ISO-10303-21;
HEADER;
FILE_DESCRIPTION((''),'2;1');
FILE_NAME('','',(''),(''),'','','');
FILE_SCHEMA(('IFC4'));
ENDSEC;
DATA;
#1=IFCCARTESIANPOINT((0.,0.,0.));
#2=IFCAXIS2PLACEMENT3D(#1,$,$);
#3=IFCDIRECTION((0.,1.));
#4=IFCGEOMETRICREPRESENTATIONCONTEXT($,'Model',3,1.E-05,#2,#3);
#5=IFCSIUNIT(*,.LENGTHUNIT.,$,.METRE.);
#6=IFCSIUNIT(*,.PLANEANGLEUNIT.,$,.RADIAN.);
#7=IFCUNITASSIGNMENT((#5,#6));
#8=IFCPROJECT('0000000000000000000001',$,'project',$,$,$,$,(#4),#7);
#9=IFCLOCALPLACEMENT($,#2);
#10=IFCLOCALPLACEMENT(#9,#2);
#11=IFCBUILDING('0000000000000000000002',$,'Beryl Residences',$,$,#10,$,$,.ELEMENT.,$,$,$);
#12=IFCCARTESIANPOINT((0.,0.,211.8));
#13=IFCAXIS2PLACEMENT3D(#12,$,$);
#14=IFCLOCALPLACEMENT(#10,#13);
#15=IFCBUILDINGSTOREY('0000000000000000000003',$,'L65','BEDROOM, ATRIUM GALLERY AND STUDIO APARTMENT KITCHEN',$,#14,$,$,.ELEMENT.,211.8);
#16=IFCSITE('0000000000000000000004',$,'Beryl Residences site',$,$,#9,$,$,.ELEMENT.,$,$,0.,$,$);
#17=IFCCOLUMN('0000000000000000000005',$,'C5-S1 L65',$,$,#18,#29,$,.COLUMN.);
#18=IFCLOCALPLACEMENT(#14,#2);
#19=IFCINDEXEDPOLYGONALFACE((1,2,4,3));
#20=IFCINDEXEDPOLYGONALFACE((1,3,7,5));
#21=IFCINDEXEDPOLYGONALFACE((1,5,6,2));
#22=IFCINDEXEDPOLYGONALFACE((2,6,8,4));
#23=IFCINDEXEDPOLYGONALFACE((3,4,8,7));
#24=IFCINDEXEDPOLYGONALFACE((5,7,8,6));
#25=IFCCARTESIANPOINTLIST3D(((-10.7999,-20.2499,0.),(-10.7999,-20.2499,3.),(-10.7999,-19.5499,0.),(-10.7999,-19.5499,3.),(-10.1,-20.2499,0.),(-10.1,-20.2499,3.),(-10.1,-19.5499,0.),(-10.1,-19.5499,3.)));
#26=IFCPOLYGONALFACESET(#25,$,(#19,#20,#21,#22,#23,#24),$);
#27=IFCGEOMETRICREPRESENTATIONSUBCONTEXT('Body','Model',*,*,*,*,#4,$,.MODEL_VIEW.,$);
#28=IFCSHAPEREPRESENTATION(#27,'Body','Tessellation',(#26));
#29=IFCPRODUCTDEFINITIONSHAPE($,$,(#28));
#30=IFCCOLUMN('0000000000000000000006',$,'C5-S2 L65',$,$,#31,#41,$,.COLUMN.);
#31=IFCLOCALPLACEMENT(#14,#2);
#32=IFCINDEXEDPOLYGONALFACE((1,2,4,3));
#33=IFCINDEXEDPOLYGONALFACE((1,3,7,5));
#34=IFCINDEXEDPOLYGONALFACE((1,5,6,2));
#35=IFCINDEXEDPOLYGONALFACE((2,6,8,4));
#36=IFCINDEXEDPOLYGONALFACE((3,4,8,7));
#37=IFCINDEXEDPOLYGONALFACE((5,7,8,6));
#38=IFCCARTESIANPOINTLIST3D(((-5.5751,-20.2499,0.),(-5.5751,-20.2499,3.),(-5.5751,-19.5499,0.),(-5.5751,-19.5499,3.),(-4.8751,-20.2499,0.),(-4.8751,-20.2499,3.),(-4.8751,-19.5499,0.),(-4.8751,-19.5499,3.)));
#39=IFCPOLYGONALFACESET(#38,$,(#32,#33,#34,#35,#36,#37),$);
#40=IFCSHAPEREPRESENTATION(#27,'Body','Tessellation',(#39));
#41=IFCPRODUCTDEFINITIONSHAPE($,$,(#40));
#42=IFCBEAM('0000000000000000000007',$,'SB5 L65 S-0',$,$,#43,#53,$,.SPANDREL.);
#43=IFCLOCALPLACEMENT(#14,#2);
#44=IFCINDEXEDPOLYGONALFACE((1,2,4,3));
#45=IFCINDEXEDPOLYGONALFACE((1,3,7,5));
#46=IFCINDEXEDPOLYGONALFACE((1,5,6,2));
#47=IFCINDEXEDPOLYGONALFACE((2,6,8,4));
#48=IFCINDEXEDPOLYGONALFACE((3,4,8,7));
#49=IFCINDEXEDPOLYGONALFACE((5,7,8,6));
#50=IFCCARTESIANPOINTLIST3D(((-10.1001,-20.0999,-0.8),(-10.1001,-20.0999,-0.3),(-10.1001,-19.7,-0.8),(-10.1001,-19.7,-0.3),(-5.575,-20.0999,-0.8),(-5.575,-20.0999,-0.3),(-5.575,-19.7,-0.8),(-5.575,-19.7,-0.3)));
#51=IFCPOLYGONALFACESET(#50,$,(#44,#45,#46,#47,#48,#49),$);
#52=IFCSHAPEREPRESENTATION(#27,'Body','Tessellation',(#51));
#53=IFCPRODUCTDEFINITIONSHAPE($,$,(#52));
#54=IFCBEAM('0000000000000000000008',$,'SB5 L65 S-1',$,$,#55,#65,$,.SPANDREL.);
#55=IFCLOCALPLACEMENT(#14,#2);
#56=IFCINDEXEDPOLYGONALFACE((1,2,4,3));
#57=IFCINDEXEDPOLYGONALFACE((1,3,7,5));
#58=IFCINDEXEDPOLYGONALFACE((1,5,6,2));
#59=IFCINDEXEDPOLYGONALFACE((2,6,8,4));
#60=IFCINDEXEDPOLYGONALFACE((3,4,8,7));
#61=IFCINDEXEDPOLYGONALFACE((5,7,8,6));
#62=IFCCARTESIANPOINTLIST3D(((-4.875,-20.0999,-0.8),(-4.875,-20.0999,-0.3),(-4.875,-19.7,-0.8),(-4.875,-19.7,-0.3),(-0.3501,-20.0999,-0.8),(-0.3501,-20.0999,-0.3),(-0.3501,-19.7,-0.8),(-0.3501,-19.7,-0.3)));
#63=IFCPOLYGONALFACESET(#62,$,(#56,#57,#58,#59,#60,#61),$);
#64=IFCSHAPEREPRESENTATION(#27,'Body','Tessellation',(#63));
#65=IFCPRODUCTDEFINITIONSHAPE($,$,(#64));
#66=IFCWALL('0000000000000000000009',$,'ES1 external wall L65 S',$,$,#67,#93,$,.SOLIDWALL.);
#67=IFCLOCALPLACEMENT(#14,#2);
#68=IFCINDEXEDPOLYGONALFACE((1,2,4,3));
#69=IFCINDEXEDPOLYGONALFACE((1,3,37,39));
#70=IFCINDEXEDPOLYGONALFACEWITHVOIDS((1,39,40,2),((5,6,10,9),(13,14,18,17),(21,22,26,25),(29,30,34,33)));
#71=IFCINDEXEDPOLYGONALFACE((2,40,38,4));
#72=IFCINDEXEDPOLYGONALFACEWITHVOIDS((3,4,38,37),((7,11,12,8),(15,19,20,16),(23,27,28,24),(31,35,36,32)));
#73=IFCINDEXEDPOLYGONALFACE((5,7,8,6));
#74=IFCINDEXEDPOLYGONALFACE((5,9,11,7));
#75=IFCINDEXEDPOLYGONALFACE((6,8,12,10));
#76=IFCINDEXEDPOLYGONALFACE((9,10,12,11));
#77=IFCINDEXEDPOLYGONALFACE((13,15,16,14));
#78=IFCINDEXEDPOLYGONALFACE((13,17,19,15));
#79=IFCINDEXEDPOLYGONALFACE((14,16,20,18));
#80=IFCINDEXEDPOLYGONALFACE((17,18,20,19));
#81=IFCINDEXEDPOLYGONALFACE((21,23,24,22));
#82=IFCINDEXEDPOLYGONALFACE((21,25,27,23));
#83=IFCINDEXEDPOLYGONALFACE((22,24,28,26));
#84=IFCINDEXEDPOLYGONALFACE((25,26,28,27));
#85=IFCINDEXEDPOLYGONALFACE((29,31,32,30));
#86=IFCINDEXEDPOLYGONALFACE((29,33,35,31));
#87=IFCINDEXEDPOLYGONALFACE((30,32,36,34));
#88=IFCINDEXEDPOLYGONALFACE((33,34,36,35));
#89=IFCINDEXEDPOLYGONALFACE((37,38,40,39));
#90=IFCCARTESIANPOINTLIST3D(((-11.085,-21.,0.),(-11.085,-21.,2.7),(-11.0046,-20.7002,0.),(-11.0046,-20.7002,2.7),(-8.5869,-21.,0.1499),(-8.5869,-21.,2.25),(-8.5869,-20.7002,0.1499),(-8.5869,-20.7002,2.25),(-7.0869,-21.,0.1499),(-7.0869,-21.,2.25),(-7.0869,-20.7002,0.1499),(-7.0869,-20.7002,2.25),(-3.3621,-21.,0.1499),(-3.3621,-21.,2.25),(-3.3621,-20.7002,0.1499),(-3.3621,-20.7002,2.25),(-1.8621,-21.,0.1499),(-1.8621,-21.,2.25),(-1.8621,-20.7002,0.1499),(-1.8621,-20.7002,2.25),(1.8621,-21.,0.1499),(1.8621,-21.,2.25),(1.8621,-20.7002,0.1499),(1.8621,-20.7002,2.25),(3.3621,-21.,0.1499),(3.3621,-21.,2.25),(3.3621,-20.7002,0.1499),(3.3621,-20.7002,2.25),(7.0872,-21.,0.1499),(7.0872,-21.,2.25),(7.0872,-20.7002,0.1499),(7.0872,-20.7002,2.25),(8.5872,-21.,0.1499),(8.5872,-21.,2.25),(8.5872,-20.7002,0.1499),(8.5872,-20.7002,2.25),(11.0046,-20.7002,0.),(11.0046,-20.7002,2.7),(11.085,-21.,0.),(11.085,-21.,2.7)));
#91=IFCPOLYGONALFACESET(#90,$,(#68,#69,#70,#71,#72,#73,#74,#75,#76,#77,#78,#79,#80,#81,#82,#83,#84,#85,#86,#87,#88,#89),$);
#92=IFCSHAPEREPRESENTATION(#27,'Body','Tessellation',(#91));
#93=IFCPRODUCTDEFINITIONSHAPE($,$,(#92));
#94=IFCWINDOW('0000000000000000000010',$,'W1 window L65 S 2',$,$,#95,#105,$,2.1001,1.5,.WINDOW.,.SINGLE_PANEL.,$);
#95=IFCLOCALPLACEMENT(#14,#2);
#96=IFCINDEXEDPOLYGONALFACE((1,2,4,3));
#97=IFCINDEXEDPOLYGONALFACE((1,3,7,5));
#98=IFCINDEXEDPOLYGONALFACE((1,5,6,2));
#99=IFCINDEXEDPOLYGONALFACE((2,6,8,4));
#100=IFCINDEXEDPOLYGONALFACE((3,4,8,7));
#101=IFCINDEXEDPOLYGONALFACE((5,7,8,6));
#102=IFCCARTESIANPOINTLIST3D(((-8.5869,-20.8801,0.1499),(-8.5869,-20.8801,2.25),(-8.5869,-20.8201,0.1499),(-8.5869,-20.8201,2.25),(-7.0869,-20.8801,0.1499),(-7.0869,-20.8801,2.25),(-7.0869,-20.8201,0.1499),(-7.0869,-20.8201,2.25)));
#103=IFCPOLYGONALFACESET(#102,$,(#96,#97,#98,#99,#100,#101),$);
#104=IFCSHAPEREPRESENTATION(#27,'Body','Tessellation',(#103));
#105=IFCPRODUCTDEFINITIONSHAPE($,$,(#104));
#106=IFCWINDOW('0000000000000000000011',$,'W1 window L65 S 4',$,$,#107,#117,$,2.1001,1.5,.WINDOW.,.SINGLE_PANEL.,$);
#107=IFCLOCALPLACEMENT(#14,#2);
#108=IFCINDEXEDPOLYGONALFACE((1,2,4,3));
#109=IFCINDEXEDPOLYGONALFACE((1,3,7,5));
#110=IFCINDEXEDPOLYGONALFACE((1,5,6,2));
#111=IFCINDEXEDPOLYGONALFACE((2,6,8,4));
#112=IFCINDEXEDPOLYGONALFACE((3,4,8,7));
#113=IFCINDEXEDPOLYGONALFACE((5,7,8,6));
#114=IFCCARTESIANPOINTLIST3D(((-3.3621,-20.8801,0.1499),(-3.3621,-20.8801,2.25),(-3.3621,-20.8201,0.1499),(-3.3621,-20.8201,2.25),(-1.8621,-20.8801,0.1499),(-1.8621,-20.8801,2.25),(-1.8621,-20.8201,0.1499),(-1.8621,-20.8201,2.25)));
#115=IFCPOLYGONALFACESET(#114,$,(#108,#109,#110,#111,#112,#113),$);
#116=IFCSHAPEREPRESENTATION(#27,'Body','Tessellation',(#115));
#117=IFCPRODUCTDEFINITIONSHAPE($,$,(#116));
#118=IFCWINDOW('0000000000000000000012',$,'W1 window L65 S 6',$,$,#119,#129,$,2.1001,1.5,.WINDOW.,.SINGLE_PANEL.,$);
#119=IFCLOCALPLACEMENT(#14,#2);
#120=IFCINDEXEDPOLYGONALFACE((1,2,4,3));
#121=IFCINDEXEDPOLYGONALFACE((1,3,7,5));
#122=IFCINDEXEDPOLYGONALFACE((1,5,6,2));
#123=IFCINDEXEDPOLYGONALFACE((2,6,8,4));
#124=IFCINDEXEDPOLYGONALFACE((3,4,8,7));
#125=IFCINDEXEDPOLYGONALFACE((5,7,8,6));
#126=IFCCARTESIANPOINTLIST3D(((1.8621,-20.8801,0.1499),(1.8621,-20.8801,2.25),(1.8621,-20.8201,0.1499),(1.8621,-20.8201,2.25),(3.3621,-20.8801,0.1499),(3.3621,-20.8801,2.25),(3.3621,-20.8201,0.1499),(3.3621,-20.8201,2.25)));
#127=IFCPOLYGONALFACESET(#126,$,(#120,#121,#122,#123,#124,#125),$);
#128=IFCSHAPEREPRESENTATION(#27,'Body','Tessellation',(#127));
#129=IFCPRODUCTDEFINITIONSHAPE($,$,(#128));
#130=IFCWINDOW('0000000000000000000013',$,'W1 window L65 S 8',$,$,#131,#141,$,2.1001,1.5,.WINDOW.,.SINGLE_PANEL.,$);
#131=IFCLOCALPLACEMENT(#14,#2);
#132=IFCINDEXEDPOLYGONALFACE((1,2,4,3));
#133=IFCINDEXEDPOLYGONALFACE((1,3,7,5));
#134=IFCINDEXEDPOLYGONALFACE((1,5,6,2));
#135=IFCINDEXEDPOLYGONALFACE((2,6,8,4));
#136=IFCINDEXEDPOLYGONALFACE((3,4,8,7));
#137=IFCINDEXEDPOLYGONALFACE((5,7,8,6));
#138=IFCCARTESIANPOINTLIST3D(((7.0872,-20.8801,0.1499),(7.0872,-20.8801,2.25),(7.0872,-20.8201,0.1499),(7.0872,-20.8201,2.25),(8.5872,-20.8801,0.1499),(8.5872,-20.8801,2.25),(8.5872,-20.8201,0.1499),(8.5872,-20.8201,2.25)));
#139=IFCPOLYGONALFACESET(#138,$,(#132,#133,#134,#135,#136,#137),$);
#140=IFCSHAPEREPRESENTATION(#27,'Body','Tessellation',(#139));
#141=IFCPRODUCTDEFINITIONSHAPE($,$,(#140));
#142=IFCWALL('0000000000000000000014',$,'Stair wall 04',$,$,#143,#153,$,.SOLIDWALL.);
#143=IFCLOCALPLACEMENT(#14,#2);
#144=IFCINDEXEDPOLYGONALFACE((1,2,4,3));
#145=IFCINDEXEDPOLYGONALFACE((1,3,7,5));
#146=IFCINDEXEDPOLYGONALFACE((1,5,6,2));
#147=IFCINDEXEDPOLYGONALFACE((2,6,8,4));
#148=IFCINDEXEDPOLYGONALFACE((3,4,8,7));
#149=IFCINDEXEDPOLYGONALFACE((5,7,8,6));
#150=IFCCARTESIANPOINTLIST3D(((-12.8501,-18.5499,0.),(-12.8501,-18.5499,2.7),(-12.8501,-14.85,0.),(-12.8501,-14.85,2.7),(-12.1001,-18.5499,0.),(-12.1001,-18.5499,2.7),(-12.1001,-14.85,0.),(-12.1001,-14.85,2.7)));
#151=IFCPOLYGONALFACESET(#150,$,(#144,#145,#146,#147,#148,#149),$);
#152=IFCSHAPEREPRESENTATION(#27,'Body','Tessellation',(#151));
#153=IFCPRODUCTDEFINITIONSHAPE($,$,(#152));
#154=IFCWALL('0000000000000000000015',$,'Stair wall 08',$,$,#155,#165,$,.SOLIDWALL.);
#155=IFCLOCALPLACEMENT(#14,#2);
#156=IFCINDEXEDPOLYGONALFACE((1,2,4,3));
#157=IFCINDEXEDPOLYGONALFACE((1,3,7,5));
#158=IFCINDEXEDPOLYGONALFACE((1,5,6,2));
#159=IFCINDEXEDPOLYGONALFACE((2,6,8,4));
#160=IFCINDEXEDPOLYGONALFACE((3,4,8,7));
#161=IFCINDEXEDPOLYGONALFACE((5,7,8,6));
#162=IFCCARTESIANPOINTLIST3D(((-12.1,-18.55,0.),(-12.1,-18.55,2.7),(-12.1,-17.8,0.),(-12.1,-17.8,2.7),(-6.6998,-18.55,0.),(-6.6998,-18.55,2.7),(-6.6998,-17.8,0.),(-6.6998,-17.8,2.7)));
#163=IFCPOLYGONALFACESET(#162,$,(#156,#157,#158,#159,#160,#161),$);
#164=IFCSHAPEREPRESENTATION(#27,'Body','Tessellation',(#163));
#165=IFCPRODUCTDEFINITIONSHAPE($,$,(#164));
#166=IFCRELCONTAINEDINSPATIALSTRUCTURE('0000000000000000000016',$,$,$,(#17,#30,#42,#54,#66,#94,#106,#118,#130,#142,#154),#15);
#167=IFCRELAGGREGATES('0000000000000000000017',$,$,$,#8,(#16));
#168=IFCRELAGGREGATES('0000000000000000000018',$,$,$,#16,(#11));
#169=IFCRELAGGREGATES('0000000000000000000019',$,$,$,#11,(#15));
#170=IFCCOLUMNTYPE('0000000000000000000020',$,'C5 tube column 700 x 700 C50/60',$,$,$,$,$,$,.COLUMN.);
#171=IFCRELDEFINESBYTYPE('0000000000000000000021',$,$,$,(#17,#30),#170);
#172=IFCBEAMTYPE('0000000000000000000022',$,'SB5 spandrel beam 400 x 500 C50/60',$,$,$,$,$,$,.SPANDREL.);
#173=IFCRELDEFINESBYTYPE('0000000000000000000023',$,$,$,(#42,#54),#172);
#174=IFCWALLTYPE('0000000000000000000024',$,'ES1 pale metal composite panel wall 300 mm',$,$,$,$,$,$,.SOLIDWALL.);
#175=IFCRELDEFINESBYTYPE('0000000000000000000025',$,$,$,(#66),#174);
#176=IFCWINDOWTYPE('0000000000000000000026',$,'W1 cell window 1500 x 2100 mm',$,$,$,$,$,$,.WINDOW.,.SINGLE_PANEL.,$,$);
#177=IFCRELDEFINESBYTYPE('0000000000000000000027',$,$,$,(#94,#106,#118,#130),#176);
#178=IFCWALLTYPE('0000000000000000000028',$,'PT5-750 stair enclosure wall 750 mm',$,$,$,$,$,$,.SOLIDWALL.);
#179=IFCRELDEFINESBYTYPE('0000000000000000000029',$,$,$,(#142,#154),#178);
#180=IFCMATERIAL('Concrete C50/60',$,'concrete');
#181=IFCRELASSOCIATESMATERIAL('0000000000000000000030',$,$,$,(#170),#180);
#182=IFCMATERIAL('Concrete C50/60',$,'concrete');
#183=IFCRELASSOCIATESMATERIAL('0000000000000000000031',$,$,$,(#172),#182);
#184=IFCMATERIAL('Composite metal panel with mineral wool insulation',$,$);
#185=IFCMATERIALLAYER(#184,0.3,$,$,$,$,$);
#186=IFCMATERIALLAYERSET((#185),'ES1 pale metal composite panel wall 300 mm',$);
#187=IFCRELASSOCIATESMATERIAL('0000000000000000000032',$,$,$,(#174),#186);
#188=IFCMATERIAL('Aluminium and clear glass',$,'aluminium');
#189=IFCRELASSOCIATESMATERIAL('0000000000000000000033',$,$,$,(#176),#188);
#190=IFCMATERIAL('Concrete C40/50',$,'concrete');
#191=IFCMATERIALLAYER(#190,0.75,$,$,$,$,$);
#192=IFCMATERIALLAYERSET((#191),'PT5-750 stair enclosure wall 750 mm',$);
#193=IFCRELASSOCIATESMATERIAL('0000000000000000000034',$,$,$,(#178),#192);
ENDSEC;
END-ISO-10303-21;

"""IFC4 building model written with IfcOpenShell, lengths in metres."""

from ifc_helpers import new_model, si_unit, direction, frame, frame_2d, origin, origin_2d, place, context, subcontext, project, spatial, polyline, rectangle, outline, extrude, material, layer, layer_set, material_profile, profile_set, type_object, element, fill, save


model = new_model("IFC4")

# Units and contexts
model_context = context("Model", 3, precision=1e-05, world=origin(), true_north=direction((0.0, 1.0)))
body_context = subcontext(model_context, "Body", "Model", "MODEL_VIEW")
ifc_project = project(units=[si_unit("LENGTHUNIT", "METRE"), si_unit("PLANEANGLEUNIT", "RADIAN")], contexts=[model_context])

# Site, building, storey
site_placement = place(None, origin())
site = spatial("IfcSite", under=ifc_project, at=site_placement, Name="Beryl Residences site", CompositionType="ELEMENT", RefElevation=0.0)
building_placement = place(site_placement, origin())
building = spatial("IfcBuilding", under=site, at=building_placement, Name="Beryl Residences", CompositionType="ELEMENT")
storey_placement = place(building_placement, frame((0.0, 0.0, 211.8)))
storey = spatial("IfcBuildingStorey", under=building, at=storey_placement, Name="L65", Description="BEDROOM, ATRIUM GALLERY AND STUDIO APARTMENT KITCHEN", CompositionType="ELEMENT", Elevation=211.8)

# Columns
ifc_material_1 = material(Name="Concrete C50/60", Category="concrete")
ifc_material_profile_1 = material_profile(ifc_material_1, rectangle(XDim=0.7, YDim=0.7, at=origin_2d()))
ifc_profile_set_1 = profile_set([ifc_material_profile_1], Name="Concrete C50/60")
column_type = type_object("IfcColumnType", Name="C5 tube column 700 x 700 C50/60", PredefinedType="COLUMN", material=ifc_profile_set_1)
for number, where, z_axis, x_axis, name in (
    (1, (-10.45, -19.8999, 0.0), (0.0, 0.0, 1.0), (1.0, 0.0, 0.0), "C5-S1 L65"),
    (2, (-5.2251, -19.8999, 0.0), (0.0, 0.0, 1.0), (1.0, 0.0, 0.0), "C5-S2 L65"),
):
    element("IfcColumn", number, at=place(storey_placement, frame(where, z_axis=z_axis, x_axis=x_axis)), inside=storey, type_object=column_type, Name=name, PredefinedType="COLUMN", context=body_context, shape_type="SweptSolid", body=[
        extrude(rectangle(XDim=0.7, YDim=0.7, at=origin_2d()), origin(), (0.0, 0.0, 1.0), 3.0),
    ])

# Beams
ifc_material_2 = material(Name="Concrete C50/60", Category="concrete")
ifc_material_profile_2 = material_profile(ifc_material_2, rectangle(XDim=0.3999, YDim=0.5, at=origin_2d()))
ifc_profile_set_2 = profile_set([ifc_material_profile_2], Name="Concrete C50/60")
beam_type = type_object("IfcBeamType", Name="SB5 spandrel beam 400 x 500 C50/60", PredefinedType="SPANDREL", material=ifc_profile_set_2)
beam_1_placement = place(storey_placement, frame((-10.1001, -19.8999, -0.55), z_axis=(1.0, 0.0, 0.0), x_axis=(0.0, 1.0, 0.0)))
element("IfcBeam", 3, at=beam_1_placement, inside=storey, type_object=beam_type, Name="SB5 L65 S-0", PredefinedType="SPANDREL", context=body_context, shape_type="SweptSolid", body=[
    extrude(rectangle(XDim=0.3999, YDim=0.5, at=origin_2d()), origin(), (0.0, 0.0, 1.0), 4.5251),
])
beam_2_placement = place(storey_placement, frame((-4.875, -19.8999, -0.55), z_axis=(1.0, 0.0, 0.0), x_axis=(0.0, 1.0, 0.0)))
element("IfcBeam", 4, at=beam_2_placement, inside=storey, type_object=beam_type, Name="SB5 L65 S-1", PredefinedType="SPANDREL", context=body_context, shape_type="SweptSolid", body=[
    extrude(rectangle(XDim=0.3999, YDim=0.5, at=origin_2d()), origin(), (0.0, 0.0, 1.0), 4.5249),
])

# Wall, openings, windows
ifc_material_3 = material(Name="Composite metal panel with mineral wool insulation")
ifc_layer_1 = layer(ifc_material_3, 0.3)
ifc_layer_set_1 = layer_set([ifc_layer_1], Name="ES1 pale metal composite panel wall 300 mm")
wall_type_1 = type_object("IfcWallType", Name="ES1 pale metal composite panel wall 300 mm", PredefinedType="SOLIDWALL", material=ifc_layer_set_1)
wall_1_placement = place(storey_placement, frame((-11.085, -20.8501, 0.0), z_axis=(0.0, 0.0, 1.0), x_axis=(1.0, 0.0, 0.0)))
wall_1 = element("IfcWall", 5, at=wall_1_placement, inside=storey, type_object=wall_type_1, Name="ES1 external wall L65 S", PredefinedType="SOLIDWALL", context=body_context, shape_type="SweptSolid", body=[
    extrude(outline(polyline([(0.0, -0.1499), (22.1699, -0.1499), (22.0896, 0.1499), (0.0803, 0.1499), (0.0, -0.1499)])), origin(), (0.0, 0.0, 1.0), 2.7),
])
opening_1_placement = place(wall_1_placement, frame((2.498, 0.0, 0.1499)))
opening_1 = element("IfcOpeningElement", 6, at=opening_1_placement, cuts=wall_1, PredefinedType="OPENING", context=body_context, shape_type="SweptSolid", body=[
    extrude(rectangle(XDim=1.5, YDim=2.1001, at=frame_2d((0.75, 1.05))), frame((0.0, 0.1599, 0.0), z_axis=(0.0, -1.0, 0.0), x_axis=(1.0, 0.0, 0.0)), (0.0, 0.0, 1.0), 0.3201),
])
opening_2_placement = place(wall_1_placement, frame((7.7229, 0.0, 0.1499)))
opening_2 = element("IfcOpeningElement", 7, at=opening_2_placement, cuts=wall_1, PredefinedType="OPENING", context=body_context, shape_type="SweptSolid", body=[
    extrude(rectangle(XDim=1.5, YDim=2.1001, at=frame_2d((0.75, 1.05))), frame((0.0, 0.1599, 0.0), z_axis=(0.0, -1.0, 0.0), x_axis=(1.0, 0.0, 0.0)), (0.0, 0.0, 1.0), 0.3201),
])
opening_3_placement = place(wall_1_placement, frame((12.947, 0.0, 0.1499)))
opening_3 = element("IfcOpeningElement", 8, at=opening_3_placement, cuts=wall_1, PredefinedType="OPENING", context=body_context, shape_type="SweptSolid", body=[
    extrude(rectangle(XDim=1.5, YDim=2.1001, at=frame_2d((0.75, 1.05))), frame((0.0, 0.1599, 0.0), z_axis=(0.0, -1.0, 0.0), x_axis=(1.0, 0.0, 0.0)), (0.0, 0.0, 1.0), 0.3201),
])
opening_4_placement = place(wall_1_placement, frame((18.1721, 0.0, 0.1499)))
opening_4 = element("IfcOpeningElement", 9, at=opening_4_placement, cuts=wall_1, PredefinedType="OPENING", context=body_context, shape_type="SweptSolid", body=[
    extrude(rectangle(XDim=1.5, YDim=2.1001, at=frame_2d((0.75, 1.05))), frame((0.0, 0.1599, 0.0), z_axis=(0.0, -1.0, 0.0), x_axis=(1.0, 0.0, 0.0)), (0.0, 0.0, 1.0), 0.3201),
])
ifc_material_4 = material(Name="Aluminium and clear glass", Category="aluminium")
window_type = type_object("IfcWindowType", Name="W1 cell window 1500 x 2100 mm", PartitioningType="SINGLE_PANEL", PredefinedType="WINDOW", material=ifc_material_4)
window_1_placement = place(opening_1_placement, origin())
window_1 = element("IfcWindow", 10, at=window_1_placement, inside=storey, type_object=window_type, Name="W1 window L65 S 2", OverallHeight=2.1001, OverallWidth=1.5, PartitioningType="SINGLE_PANEL", PredefinedType="WINDOW", context=body_context, shape_type="SweptSolid", body=[
    extrude(rectangle(XDim=1.5, YDim=2.1001, at=frame_2d((0.75, 1.05))), frame((0.0, 0.03, 0.0), z_axis=(0.0, -1.0, 0.0), x_axis=(1.0, 0.0, 0.0)), (0.0, 0.0, 1.0), 0.0601),
])
fill(opening_1, window_1)
window_2_placement = place(opening_2_placement, origin())
window_2 = element("IfcWindow", 11, at=window_2_placement, inside=storey, type_object=window_type, Name="W1 window L65 S 4", OverallHeight=2.1001, OverallWidth=1.5, PartitioningType="SINGLE_PANEL", PredefinedType="WINDOW", context=body_context, shape_type="SweptSolid", body=[
    extrude(rectangle(XDim=1.5, YDim=2.1001, at=frame_2d((0.75, 1.05))), frame((0.0, 0.03, 0.0), z_axis=(0.0, -1.0, 0.0), x_axis=(1.0, 0.0, 0.0)), (0.0, 0.0, 1.0), 0.0601),
])
fill(opening_2, window_2)
window_3_placement = place(opening_3_placement, origin())
window_3 = element("IfcWindow", 12, at=window_3_placement, inside=storey, type_object=window_type, Name="W1 window L65 S 6", OverallHeight=2.1001, OverallWidth=1.5, PartitioningType="SINGLE_PANEL", PredefinedType="WINDOW", context=body_context, shape_type="SweptSolid", body=[
    extrude(rectangle(XDim=1.5, YDim=2.1001, at=frame_2d((0.75, 1.05))), frame((0.0, 0.03, 0.0), z_axis=(0.0, -1.0, 0.0), x_axis=(1.0, 0.0, 0.0)), (0.0, 0.0, 1.0), 0.0601),
])
fill(opening_3, window_3)
window_4_placement = place(opening_4_placement, origin())
window_4 = element("IfcWindow", 13, at=window_4_placement, inside=storey, type_object=window_type, Name="W1 window L65 S 8", OverallHeight=2.1001, OverallWidth=1.5, PartitioningType="SINGLE_PANEL", PredefinedType="WINDOW", context=body_context, shape_type="SweptSolid", body=[
    extrude(rectangle(XDim=1.5, YDim=2.1001, at=frame_2d((0.75, 1.05))), frame((0.0, 0.03, 0.0), z_axis=(0.0, -1.0, 0.0), x_axis=(1.0, 0.0, 0.0)), (0.0, 0.0, 1.0), 0.0601),
])
fill(opening_4, window_4)

# Walls
ifc_material_5 = material(Name="Concrete C40/50", Category="concrete")
ifc_layer_2 = layer(ifc_material_5, 0.75)
ifc_layer_set_2 = layer_set([ifc_layer_2], Name="PT5-750 stair enclosure wall 750 mm")
wall_type_2 = type_object("IfcWallType", Name="PT5-750 stair enclosure wall 750 mm", PredefinedType="SOLIDWALL", material=ifc_layer_set_2)
wall_2_placement = place(storey_placement, frame((-12.4751, -18.55, 0.0), z_axis=(0.0, 0.0, 1.0), x_axis=(0.0, 1.0, 0.0)))
element("IfcWall", 14, at=wall_2_placement, inside=storey, type_object=wall_type_2, Name="Stair wall 04", PredefinedType="SOLIDWALL", context=body_context, shape_type="SweptSolid", body=[
    extrude(rectangle(XDim=3.7, YDim=0.75, at=frame_2d((1.8501, 0.0))), origin(), (0.0, 0.0, 1.0), 2.7),
])
wall_3_placement = place(storey_placement, frame((-12.1001, -18.175, 0.0), z_axis=(0.0, 0.0, 1.0), x_axis=(1.0, 0.0, 0.0)))
element("IfcWall", 15, at=wall_3_placement, inside=storey, type_object=wall_type_2, Name="Stair wall 08", PredefinedType="SOLIDWALL", context=body_context, shape_type="SweptSolid", body=[
    extrude(rectangle(XDim=5.4001, YDim=0.75, at=frame_2d((2.7002, 0.0))), origin(), (0.0, 0.0, 1.0), 2.7),
])

save(model, "model.ifc")
